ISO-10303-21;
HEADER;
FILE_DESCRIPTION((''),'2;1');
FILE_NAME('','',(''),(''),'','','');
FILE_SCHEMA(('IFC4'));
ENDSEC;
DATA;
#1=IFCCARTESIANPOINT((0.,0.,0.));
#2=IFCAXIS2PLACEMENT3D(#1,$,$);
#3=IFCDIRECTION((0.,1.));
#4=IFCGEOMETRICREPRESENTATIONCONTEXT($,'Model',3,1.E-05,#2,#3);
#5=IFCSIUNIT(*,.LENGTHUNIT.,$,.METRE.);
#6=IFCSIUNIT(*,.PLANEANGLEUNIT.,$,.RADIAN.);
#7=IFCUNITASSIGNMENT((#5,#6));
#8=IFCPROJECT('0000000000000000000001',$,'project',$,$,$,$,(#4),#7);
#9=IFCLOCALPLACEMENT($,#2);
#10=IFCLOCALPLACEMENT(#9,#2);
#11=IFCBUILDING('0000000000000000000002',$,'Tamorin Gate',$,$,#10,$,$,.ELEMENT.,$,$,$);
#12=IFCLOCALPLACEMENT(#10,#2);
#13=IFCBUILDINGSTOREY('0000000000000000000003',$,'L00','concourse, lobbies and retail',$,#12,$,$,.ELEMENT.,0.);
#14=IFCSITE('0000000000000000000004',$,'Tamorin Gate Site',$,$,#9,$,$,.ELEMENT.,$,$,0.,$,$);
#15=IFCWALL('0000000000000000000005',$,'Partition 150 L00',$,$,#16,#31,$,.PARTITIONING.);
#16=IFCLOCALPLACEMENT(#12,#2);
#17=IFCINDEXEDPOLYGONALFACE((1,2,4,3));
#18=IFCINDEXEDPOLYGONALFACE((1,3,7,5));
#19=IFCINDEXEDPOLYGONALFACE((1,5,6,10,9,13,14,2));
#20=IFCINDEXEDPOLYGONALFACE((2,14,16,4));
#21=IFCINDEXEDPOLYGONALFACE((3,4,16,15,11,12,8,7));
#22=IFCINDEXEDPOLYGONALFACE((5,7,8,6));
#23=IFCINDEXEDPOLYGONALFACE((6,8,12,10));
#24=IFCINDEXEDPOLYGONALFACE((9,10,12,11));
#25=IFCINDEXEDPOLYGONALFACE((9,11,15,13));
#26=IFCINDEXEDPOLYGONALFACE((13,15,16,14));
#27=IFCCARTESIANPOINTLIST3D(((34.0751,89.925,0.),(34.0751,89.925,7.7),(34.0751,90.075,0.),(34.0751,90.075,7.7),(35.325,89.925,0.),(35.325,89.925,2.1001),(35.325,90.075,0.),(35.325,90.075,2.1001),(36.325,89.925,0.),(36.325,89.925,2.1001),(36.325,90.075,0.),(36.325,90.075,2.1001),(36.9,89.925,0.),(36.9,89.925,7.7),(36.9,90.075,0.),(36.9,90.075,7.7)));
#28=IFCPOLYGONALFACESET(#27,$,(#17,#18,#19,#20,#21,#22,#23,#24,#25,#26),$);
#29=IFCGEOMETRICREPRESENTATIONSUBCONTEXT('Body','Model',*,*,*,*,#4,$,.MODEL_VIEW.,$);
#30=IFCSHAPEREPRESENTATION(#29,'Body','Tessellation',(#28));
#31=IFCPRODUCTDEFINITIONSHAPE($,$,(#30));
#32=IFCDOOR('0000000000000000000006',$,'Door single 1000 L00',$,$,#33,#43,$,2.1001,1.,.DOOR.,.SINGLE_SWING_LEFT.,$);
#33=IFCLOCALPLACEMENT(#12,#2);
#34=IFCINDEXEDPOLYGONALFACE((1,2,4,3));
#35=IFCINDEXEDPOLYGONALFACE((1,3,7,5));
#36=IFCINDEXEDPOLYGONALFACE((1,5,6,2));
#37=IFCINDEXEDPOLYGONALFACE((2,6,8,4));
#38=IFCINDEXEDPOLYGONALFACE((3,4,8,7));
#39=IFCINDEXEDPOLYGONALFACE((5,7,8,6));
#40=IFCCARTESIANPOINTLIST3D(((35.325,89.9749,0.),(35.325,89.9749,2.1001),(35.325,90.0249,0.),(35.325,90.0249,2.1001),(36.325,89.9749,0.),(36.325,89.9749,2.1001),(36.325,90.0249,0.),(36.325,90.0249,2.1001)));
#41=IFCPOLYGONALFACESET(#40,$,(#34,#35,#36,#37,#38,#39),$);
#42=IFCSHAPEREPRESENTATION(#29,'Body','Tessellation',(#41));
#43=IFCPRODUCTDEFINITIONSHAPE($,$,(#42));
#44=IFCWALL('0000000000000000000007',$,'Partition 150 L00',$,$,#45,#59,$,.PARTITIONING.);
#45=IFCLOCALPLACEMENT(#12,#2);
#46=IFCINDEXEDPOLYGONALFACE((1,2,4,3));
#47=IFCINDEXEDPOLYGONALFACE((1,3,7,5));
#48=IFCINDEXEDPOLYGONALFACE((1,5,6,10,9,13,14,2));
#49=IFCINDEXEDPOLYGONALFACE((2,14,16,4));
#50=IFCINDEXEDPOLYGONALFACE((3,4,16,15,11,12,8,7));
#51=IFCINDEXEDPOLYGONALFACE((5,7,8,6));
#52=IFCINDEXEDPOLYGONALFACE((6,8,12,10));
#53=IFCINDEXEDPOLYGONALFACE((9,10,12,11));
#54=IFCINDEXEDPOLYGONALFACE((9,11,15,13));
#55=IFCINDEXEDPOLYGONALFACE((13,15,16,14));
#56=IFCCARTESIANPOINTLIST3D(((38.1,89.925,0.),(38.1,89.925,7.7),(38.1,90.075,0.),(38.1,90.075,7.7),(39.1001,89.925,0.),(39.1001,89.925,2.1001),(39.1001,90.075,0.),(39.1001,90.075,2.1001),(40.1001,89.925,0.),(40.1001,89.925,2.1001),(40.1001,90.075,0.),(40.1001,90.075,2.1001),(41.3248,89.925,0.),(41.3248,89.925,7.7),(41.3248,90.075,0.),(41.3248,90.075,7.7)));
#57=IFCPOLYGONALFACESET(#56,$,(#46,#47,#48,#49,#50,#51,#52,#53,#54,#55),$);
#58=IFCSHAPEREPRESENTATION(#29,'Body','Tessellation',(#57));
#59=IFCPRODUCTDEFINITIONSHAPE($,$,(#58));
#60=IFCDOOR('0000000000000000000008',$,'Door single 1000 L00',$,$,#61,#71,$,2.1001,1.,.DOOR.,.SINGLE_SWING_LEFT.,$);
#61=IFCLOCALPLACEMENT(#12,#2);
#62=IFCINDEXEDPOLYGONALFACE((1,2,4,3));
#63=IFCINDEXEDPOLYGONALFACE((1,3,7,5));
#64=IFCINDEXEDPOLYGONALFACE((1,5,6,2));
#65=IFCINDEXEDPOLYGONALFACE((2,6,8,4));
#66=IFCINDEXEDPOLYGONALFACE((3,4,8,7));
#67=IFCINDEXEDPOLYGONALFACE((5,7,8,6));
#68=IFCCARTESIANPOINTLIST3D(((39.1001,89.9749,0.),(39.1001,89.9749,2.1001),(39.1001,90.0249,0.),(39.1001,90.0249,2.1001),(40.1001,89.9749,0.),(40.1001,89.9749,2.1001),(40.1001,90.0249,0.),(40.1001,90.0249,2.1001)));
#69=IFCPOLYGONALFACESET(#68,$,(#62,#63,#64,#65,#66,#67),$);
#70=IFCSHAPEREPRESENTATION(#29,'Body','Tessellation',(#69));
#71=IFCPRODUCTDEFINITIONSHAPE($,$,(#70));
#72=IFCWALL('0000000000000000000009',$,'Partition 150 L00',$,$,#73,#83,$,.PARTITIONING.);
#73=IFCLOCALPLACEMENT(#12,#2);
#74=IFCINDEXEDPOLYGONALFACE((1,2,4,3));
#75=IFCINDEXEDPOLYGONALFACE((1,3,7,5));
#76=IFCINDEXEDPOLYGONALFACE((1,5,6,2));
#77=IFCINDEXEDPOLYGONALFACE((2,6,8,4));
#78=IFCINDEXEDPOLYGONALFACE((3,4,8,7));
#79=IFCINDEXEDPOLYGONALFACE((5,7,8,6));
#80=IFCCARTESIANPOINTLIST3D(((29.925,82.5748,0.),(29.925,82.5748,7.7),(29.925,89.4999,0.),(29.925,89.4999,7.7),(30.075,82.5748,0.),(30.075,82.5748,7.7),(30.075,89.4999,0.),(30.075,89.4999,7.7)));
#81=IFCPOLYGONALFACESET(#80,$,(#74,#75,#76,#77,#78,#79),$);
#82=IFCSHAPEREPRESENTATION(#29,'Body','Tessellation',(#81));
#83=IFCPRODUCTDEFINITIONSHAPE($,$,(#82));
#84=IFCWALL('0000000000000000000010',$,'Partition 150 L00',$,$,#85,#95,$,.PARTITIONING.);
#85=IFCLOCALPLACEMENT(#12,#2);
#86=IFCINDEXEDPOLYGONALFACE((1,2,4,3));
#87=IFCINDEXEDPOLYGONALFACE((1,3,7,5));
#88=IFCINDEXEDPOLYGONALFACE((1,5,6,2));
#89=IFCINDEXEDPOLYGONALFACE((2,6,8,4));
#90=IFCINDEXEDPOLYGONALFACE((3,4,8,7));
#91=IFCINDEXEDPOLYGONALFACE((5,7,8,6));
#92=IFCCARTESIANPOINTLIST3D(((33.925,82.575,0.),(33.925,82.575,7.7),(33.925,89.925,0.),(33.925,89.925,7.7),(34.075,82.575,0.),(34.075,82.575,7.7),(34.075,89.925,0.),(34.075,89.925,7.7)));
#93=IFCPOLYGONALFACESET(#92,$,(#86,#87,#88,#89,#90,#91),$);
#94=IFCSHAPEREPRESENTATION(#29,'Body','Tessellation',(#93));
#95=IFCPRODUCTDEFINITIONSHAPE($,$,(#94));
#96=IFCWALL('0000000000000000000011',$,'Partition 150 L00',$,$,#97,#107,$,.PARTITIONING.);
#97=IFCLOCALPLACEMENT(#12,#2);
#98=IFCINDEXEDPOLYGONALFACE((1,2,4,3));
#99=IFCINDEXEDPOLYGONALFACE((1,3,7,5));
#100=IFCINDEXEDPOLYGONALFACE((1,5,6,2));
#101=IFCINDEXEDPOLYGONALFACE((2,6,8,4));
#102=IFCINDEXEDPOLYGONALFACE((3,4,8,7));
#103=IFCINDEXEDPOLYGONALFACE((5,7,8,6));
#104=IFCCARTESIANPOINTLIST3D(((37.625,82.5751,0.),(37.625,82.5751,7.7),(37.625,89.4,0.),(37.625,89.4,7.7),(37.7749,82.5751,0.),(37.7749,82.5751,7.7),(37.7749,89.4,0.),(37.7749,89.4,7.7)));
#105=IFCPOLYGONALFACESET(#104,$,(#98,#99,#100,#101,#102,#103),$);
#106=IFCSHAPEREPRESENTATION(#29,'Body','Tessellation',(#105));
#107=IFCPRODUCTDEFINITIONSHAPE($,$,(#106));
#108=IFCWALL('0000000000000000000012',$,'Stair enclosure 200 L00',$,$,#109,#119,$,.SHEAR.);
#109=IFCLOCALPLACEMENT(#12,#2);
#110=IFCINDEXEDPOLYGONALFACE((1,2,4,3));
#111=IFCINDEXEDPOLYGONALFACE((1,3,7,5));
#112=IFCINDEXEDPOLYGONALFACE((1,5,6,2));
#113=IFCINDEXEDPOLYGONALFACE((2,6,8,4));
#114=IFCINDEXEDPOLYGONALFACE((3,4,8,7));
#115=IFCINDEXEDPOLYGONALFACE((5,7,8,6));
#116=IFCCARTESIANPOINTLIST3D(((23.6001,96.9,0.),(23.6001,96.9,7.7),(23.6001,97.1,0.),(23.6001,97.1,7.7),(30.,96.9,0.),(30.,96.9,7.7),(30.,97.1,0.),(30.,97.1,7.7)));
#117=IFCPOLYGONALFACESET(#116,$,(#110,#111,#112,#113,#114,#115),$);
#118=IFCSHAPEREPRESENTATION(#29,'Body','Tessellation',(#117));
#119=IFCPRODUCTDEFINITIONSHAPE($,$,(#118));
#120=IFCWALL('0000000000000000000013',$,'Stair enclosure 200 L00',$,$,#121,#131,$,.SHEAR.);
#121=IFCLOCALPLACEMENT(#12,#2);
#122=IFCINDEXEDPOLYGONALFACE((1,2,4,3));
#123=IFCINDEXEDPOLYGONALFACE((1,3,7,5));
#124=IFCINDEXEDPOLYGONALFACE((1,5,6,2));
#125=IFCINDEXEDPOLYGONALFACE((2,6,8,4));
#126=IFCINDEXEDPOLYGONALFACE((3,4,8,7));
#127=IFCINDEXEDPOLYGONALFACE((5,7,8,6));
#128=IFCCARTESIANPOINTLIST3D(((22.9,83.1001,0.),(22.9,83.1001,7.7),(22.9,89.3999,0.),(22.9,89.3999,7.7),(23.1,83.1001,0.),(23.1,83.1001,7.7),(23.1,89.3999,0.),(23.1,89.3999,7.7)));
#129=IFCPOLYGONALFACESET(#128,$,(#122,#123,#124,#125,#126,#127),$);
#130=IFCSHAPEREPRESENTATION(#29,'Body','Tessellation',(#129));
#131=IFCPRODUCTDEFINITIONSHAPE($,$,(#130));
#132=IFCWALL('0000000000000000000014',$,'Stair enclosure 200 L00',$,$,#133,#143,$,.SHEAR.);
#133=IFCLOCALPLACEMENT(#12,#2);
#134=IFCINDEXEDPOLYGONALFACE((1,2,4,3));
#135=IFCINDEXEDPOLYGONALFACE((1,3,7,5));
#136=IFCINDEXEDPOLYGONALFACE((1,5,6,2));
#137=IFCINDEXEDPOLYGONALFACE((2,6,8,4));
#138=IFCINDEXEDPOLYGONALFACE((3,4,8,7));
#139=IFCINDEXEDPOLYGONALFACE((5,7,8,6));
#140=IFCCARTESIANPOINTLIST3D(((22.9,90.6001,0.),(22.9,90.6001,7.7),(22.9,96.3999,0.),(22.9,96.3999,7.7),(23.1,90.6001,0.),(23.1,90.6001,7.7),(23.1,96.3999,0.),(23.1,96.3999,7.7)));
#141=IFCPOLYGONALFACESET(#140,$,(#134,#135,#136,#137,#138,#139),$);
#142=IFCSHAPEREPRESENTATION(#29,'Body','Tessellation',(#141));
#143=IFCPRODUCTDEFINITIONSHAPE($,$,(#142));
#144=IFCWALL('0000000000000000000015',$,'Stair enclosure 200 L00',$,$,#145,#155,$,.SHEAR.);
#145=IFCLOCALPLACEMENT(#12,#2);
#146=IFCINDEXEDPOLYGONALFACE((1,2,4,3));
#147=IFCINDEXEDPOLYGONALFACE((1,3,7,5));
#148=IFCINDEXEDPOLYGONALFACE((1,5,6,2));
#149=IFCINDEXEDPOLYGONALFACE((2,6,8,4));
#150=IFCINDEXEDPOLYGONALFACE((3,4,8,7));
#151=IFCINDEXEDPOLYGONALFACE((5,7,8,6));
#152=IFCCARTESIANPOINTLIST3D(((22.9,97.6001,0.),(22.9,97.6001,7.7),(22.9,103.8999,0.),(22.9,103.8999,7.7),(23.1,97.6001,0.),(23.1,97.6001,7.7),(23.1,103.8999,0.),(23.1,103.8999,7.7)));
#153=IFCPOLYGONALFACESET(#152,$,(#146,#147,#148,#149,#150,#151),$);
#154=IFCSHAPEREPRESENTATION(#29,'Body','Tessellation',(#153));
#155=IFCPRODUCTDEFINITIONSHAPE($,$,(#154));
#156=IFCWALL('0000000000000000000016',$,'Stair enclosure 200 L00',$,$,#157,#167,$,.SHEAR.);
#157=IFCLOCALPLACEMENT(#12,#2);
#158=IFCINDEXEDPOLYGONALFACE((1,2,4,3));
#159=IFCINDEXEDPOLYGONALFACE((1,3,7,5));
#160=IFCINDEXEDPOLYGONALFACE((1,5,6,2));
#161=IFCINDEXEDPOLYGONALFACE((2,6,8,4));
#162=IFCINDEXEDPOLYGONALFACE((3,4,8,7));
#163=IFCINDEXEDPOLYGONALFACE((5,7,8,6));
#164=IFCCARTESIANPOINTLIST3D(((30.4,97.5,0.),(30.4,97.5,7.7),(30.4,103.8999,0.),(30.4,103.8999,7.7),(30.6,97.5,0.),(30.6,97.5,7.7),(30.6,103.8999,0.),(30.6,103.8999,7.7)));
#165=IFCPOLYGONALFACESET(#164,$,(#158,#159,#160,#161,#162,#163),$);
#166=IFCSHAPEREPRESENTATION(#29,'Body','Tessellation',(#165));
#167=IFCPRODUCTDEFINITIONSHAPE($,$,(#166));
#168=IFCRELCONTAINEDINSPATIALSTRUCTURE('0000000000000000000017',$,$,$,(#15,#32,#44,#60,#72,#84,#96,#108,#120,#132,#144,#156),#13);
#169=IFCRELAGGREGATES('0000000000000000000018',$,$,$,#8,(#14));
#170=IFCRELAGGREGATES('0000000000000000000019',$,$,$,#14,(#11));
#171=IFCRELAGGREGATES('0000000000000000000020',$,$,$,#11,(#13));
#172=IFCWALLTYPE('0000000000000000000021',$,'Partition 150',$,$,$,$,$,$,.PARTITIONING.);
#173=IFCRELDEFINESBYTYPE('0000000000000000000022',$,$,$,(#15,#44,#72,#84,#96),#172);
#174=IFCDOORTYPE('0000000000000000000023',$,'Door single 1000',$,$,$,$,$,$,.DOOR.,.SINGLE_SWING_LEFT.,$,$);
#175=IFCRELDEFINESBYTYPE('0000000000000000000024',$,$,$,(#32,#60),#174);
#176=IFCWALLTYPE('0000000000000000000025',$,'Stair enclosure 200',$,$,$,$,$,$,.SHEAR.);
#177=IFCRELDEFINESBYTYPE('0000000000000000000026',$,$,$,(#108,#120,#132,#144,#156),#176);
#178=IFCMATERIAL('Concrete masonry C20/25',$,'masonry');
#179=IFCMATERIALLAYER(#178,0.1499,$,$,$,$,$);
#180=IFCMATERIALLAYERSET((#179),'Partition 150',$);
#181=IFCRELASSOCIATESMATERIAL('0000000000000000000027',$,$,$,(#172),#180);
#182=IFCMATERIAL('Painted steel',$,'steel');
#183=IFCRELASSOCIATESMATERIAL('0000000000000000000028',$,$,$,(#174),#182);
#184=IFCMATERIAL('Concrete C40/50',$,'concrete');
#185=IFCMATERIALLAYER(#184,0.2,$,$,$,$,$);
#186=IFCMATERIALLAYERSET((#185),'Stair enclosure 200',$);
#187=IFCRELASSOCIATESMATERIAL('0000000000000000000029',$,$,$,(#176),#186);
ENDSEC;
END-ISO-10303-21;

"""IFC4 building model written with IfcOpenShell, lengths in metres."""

from ifc_helpers import new_model, si_unit, direction, frame, frame_2d, origin, place, context, subcontext, project, spatial, rectangle, extrude, material, layer, layer_set, type_object, element, fill, save


model = new_model("IFC4")

# Units and contexts
model_context = context("Model", 3, precision=1e-05, world=origin(), true_north=direction((0.0, 1.0)))
body_context = subcontext(model_context, "Body", "Model", "MODEL_VIEW")
ifc_project = project(units=[si_unit("LENGTHUNIT", "METRE"), si_unit("PLANEANGLEUNIT", "RADIAN")], contexts=[model_context])

# Site, building, storey
site_placement = place(None, origin())
site = spatial("IfcSite", under=ifc_project, at=site_placement, Name="Tamorin Gate Site", CompositionType="ELEMENT", RefElevation=0.0)
building_placement = place(site_placement, origin())
building = spatial("IfcBuilding", under=site, at=building_placement, Name="Tamorin Gate", CompositionType="ELEMENT")
storey_placement = place(building_placement, origin())
storey = spatial("IfcBuildingStorey", under=building, at=storey_placement, Name="L00", Description="concourse, lobbies and retail", CompositionType="ELEMENT", Elevation=0.0)

# Shared definitions
ifc_material_1 = material(Name="Concrete masonry C20/25", Category="masonry")
ifc_layer_1 = layer(ifc_material_1, 0.1499)
ifc_layer_set_1 = layer_set([ifc_layer_1], Name="Partition 150")
wall_type_1 = type_object("IfcWallType", Name="Partition 150", PredefinedType="PARTITIONING", material=ifc_layer_set_1)

# Walls, openings, doors
ifc_material_2 = material(Name="Painted steel", Category="steel")
door_type_1 = type_object("IfcDoorType", Name="Door single 1000", OperationType="SINGLE_SWING_LEFT", PredefinedType="DOOR", material=ifc_material_2)
wall_1_placement = place(storey_placement, frame((34.075, 90.0, 0.0), z_axis=(0.0, 0.0, 1.0), x_axis=(1.0, 0.0, 0.0)))
wall_1 = element("IfcWall", 1, at=wall_1_placement, inside=storey, type_object=wall_type_1, Name="Partition 150 L00", PredefinedType="PARTITIONING", context=body_context, shape_type="SweptSolid", body=[
    extrude(rectangle(XDim=2.825, YDim=0.1499, at=frame_2d((1.4126, 0.0))), origin(), (0.0, 0.0, 1.0), 7.7),
])
opening_1_placement = place(wall_1_placement, frame((1.25, 0.0, 0.0)))
opening_1 = element("IfcOpeningElement", 2, at=opening_1_placement, cuts=wall_1, PredefinedType="OPENING", context=body_context, shape_type="SweptSolid", body=[
    extrude(rectangle(XDim=1.0, YDim=2.1001, at=frame_2d((0.5, 1.05))), frame((0.0, 0.085, 0.0), z_axis=(0.0, -1.0, 0.0), x_axis=(1.0, 0.0, 0.0)), (0.0, 0.0, 1.0), 0.1699),
])
door_1_placement = place(opening_1_placement, origin())
door_1 = element("IfcDoor", 3, at=door_1_placement, inside=storey, type_object=door_type_1, Name="Door single 1000 L00", OperationType="SINGLE_SWING_LEFT", OverallHeight=2.1001, OverallWidth=1.0, PredefinedType="DOOR", context=body_context, shape_type="SweptSolid", body=[
    extrude(rectangle(XDim=1.0, YDim=2.1001, at=frame_2d((0.5, 1.05))), frame((0.0, 0.0249, 0.0), z_axis=(0.0, -1.0, 0.0), x_axis=(1.0, 0.0, 0.0)), (0.0, 0.0, 1.0), 0.05),
])
fill(opening_1, door_1)
wall_2_placement = place(storey_placement, frame((38.1001, 90.0, 0.0), z_axis=(0.0, 0.0, 1.0), x_axis=(1.0, 0.0, 0.0)))
wall_2 = element("IfcWall", 4, at=wall_2_placement, inside=storey, type_object=wall_type_1, Name="Partition 150 L00", PredefinedType="PARTITIONING", context=body_context, shape_type="SweptSolid", body=[
    extrude(rectangle(XDim=3.2249, YDim=0.1499, at=frame_2d((1.6123, 0.0))), origin(), (0.0, 0.0, 1.0), 7.7),
])
opening_2_placement = place(wall_2_placement, frame((1.0, 0.0, 0.0)))
opening_2 = element("IfcOpeningElement", 5, at=opening_2_placement, cuts=wall_2, PredefinedType="OPENING", context=body_context, shape_type="SweptSolid", body=[
    extrude(rectangle(XDim=1.0, YDim=2.1001, at=frame_2d((0.5, 1.05))), frame((0.0, 0.085, 0.0), z_axis=(0.0, -1.0, 0.0), x_axis=(1.0, 0.0, 0.0)), (0.0, 0.0, 1.0), 0.1699),
])
door_2_placement = place(opening_2_placement, origin())
door_2 = element("IfcDoor", 6, at=door_2_placement, inside=storey, type_object=door_type_1, Name="Door single 1000 L00", OperationType="SINGLE_SWING_LEFT", OverallHeight=2.1001, OverallWidth=1.0, PredefinedType="DOOR", context=body_context, shape_type="SweptSolid", body=[
    extrude(rectangle(XDim=1.0, YDim=2.1001, at=frame_2d((0.5, 1.05))), frame((0.0, 0.0249, 0.0), z_axis=(0.0, -1.0, 0.0), x_axis=(1.0, 0.0, 0.0)), (0.0, 0.0, 1.0), 0.05),
])
fill(opening_2, door_2)

# Walls
wall_3_placement = place(storey_placement, frame((30.0, 82.575, 0.0), z_axis=(0.0, 0.0, 1.0), x_axis=(0.0, 1.0, 0.0)))
element("IfcWall", 7, at=wall_3_placement, inside=storey, type_object=wall_type_1, Name="Partition 150 L00", PredefinedType="PARTITIONING", context=body_context, shape_type="SweptSolid", body=[
    extrude(rectangle(XDim=6.925, YDim=0.1499, at=frame_2d((3.4624, 0.0))), origin(), (0.0, 0.0, 1.0), 7.7),
])
wall_4_placement = place(storey_placement, frame((34.0, 82.575, 0.0), z_axis=(0.0, 0.0, 1.0), x_axis=(0.0, 1.0, 0.0)))
element("IfcWall", 8, at=wall_4_placement, inside=storey, type_object=wall_type_1, Name="Partition 150 L00", PredefinedType="PARTITIONING", context=body_context, shape_type="SweptSolid", body=[
    extrude(rectangle(XDim=7.3501, YDim=0.1499, at=frame_2d((3.675, 0.0))), origin(), (0.0, 0.0, 1.0), 7.7),
])
wall_5_placement = place(storey_placement, frame((37.7, 82.575, 0.0), z_axis=(0.0, 0.0, 1.0), x_axis=(0.0, 1.0, 0.0)))
element("IfcWall", 9, at=wall_5_placement, inside=storey, type_object=wall_type_1, Name="Partition 150 L00", PredefinedType="PARTITIONING", context=body_context, shape_type="SweptSolid", body=[
    extrude(rectangle(XDim=6.825, YDim=0.1499, at=frame_2d((3.4126, 0.0))), origin(), (0.0, 0.0, 1.0), 7.7),
])
ifc_material_3 = material(Name="Concrete C40/50", Category="concrete")
ifc_layer_2 = layer(ifc_material_3, 0.2)
ifc_layer_set_2 = layer_set([ifc_layer_2], Name="Stair enclosure 200")
wall_type_2 = type_object("IfcWallType", Name="Stair enclosure 200", PredefinedType="SHEAR", material=ifc_layer_set_2)
wall_6_placement = place(storey_placement, frame((23.6001, 97.0, 0.0), z_axis=(0.0, 0.0, 1.0), x_axis=(1.0, 0.0, 0.0)))
element("IfcWall", 10, at=wall_6_placement, inside=storey, type_object=wall_type_2, Name="Stair enclosure 200 L00", PredefinedType="SHEAR", context=body_context, shape_type="SweptSolid", body=[
    extrude(rectangle(XDim=6.3999, YDim=0.2, at=frame_2d((3.2, 0.0))), origin(), (0.0, 0.0, 1.0), 7.7),
])
wall_7_placement = place(storey_placement, frame((23.0, 83.1001, 0.0), z_axis=(0.0, 0.0, 1.0), x_axis=(0.0, 1.0, 0.0)))
element("IfcWall", 11, at=wall_7_placement, inside=storey, type_object=wall_type_2, Name="Stair enclosure 200 L00", PredefinedType="SHEAR", context=body_context, shape_type="SweptSolid", body=[
    extrude(rectangle(XDim=6.2998, YDim=0.2, at=frame_2d((3.1499, 0.0))), origin(), (0.0, 0.0, 1.0), 7.7),
])
wall_8_placement = place(storey_placement, frame((23.0, 90.6001, 0.0), z_axis=(0.0, 0.0, 1.0), x_axis=(0.0, 1.0, 0.0)))
element("IfcWall", 12, at=wall_8_placement, inside=storey, type_object=wall_type_2, Name="Stair enclosure 200 L00", PredefinedType="SHEAR", context=body_context, shape_type="SweptSolid", body=[
    extrude(rectangle(XDim=5.7998, YDim=0.2, at=frame_2d((2.8999, 0.0))), origin(), (0.0, 0.0, 1.0), 7.7),
])
wall_9_placement = place(storey_placement, frame((23.0, 97.6001, 0.0), z_axis=(0.0, 0.0, 1.0), x_axis=(0.0, 1.0, 0.0)))
element("IfcWall", 13, at=wall_9_placement, inside=storey, type_object=wall_type_2, Name="Stair enclosure 200 L00", PredefinedType="SHEAR", context=body_context, shape_type="SweptSolid", body=[
    extrude(rectangle(XDim=6.2998, YDim=0.2, at=frame_2d((3.1499, 0.0))), origin(), (0.0, 0.0, 1.0), 7.7),
])
wall_10_placement = place(storey_placement, frame((30.5, 97.5, 0.0), z_axis=(0.0, 0.0, 1.0), x_axis=(0.0, 1.0, 0.0)))
element("IfcWall", 14, at=wall_10_placement, inside=storey, type_object=wall_type_2, Name="Stair enclosure 200 L00", PredefinedType="SHEAR", context=body_context, shape_type="SweptSolid", body=[
    extrude(rectangle(XDim=6.3999, YDim=0.2, at=frame_2d((3.2, 0.0))), origin(), (0.0, 0.0, 1.0), 7.7),
])

save(model, "model.ifc")
